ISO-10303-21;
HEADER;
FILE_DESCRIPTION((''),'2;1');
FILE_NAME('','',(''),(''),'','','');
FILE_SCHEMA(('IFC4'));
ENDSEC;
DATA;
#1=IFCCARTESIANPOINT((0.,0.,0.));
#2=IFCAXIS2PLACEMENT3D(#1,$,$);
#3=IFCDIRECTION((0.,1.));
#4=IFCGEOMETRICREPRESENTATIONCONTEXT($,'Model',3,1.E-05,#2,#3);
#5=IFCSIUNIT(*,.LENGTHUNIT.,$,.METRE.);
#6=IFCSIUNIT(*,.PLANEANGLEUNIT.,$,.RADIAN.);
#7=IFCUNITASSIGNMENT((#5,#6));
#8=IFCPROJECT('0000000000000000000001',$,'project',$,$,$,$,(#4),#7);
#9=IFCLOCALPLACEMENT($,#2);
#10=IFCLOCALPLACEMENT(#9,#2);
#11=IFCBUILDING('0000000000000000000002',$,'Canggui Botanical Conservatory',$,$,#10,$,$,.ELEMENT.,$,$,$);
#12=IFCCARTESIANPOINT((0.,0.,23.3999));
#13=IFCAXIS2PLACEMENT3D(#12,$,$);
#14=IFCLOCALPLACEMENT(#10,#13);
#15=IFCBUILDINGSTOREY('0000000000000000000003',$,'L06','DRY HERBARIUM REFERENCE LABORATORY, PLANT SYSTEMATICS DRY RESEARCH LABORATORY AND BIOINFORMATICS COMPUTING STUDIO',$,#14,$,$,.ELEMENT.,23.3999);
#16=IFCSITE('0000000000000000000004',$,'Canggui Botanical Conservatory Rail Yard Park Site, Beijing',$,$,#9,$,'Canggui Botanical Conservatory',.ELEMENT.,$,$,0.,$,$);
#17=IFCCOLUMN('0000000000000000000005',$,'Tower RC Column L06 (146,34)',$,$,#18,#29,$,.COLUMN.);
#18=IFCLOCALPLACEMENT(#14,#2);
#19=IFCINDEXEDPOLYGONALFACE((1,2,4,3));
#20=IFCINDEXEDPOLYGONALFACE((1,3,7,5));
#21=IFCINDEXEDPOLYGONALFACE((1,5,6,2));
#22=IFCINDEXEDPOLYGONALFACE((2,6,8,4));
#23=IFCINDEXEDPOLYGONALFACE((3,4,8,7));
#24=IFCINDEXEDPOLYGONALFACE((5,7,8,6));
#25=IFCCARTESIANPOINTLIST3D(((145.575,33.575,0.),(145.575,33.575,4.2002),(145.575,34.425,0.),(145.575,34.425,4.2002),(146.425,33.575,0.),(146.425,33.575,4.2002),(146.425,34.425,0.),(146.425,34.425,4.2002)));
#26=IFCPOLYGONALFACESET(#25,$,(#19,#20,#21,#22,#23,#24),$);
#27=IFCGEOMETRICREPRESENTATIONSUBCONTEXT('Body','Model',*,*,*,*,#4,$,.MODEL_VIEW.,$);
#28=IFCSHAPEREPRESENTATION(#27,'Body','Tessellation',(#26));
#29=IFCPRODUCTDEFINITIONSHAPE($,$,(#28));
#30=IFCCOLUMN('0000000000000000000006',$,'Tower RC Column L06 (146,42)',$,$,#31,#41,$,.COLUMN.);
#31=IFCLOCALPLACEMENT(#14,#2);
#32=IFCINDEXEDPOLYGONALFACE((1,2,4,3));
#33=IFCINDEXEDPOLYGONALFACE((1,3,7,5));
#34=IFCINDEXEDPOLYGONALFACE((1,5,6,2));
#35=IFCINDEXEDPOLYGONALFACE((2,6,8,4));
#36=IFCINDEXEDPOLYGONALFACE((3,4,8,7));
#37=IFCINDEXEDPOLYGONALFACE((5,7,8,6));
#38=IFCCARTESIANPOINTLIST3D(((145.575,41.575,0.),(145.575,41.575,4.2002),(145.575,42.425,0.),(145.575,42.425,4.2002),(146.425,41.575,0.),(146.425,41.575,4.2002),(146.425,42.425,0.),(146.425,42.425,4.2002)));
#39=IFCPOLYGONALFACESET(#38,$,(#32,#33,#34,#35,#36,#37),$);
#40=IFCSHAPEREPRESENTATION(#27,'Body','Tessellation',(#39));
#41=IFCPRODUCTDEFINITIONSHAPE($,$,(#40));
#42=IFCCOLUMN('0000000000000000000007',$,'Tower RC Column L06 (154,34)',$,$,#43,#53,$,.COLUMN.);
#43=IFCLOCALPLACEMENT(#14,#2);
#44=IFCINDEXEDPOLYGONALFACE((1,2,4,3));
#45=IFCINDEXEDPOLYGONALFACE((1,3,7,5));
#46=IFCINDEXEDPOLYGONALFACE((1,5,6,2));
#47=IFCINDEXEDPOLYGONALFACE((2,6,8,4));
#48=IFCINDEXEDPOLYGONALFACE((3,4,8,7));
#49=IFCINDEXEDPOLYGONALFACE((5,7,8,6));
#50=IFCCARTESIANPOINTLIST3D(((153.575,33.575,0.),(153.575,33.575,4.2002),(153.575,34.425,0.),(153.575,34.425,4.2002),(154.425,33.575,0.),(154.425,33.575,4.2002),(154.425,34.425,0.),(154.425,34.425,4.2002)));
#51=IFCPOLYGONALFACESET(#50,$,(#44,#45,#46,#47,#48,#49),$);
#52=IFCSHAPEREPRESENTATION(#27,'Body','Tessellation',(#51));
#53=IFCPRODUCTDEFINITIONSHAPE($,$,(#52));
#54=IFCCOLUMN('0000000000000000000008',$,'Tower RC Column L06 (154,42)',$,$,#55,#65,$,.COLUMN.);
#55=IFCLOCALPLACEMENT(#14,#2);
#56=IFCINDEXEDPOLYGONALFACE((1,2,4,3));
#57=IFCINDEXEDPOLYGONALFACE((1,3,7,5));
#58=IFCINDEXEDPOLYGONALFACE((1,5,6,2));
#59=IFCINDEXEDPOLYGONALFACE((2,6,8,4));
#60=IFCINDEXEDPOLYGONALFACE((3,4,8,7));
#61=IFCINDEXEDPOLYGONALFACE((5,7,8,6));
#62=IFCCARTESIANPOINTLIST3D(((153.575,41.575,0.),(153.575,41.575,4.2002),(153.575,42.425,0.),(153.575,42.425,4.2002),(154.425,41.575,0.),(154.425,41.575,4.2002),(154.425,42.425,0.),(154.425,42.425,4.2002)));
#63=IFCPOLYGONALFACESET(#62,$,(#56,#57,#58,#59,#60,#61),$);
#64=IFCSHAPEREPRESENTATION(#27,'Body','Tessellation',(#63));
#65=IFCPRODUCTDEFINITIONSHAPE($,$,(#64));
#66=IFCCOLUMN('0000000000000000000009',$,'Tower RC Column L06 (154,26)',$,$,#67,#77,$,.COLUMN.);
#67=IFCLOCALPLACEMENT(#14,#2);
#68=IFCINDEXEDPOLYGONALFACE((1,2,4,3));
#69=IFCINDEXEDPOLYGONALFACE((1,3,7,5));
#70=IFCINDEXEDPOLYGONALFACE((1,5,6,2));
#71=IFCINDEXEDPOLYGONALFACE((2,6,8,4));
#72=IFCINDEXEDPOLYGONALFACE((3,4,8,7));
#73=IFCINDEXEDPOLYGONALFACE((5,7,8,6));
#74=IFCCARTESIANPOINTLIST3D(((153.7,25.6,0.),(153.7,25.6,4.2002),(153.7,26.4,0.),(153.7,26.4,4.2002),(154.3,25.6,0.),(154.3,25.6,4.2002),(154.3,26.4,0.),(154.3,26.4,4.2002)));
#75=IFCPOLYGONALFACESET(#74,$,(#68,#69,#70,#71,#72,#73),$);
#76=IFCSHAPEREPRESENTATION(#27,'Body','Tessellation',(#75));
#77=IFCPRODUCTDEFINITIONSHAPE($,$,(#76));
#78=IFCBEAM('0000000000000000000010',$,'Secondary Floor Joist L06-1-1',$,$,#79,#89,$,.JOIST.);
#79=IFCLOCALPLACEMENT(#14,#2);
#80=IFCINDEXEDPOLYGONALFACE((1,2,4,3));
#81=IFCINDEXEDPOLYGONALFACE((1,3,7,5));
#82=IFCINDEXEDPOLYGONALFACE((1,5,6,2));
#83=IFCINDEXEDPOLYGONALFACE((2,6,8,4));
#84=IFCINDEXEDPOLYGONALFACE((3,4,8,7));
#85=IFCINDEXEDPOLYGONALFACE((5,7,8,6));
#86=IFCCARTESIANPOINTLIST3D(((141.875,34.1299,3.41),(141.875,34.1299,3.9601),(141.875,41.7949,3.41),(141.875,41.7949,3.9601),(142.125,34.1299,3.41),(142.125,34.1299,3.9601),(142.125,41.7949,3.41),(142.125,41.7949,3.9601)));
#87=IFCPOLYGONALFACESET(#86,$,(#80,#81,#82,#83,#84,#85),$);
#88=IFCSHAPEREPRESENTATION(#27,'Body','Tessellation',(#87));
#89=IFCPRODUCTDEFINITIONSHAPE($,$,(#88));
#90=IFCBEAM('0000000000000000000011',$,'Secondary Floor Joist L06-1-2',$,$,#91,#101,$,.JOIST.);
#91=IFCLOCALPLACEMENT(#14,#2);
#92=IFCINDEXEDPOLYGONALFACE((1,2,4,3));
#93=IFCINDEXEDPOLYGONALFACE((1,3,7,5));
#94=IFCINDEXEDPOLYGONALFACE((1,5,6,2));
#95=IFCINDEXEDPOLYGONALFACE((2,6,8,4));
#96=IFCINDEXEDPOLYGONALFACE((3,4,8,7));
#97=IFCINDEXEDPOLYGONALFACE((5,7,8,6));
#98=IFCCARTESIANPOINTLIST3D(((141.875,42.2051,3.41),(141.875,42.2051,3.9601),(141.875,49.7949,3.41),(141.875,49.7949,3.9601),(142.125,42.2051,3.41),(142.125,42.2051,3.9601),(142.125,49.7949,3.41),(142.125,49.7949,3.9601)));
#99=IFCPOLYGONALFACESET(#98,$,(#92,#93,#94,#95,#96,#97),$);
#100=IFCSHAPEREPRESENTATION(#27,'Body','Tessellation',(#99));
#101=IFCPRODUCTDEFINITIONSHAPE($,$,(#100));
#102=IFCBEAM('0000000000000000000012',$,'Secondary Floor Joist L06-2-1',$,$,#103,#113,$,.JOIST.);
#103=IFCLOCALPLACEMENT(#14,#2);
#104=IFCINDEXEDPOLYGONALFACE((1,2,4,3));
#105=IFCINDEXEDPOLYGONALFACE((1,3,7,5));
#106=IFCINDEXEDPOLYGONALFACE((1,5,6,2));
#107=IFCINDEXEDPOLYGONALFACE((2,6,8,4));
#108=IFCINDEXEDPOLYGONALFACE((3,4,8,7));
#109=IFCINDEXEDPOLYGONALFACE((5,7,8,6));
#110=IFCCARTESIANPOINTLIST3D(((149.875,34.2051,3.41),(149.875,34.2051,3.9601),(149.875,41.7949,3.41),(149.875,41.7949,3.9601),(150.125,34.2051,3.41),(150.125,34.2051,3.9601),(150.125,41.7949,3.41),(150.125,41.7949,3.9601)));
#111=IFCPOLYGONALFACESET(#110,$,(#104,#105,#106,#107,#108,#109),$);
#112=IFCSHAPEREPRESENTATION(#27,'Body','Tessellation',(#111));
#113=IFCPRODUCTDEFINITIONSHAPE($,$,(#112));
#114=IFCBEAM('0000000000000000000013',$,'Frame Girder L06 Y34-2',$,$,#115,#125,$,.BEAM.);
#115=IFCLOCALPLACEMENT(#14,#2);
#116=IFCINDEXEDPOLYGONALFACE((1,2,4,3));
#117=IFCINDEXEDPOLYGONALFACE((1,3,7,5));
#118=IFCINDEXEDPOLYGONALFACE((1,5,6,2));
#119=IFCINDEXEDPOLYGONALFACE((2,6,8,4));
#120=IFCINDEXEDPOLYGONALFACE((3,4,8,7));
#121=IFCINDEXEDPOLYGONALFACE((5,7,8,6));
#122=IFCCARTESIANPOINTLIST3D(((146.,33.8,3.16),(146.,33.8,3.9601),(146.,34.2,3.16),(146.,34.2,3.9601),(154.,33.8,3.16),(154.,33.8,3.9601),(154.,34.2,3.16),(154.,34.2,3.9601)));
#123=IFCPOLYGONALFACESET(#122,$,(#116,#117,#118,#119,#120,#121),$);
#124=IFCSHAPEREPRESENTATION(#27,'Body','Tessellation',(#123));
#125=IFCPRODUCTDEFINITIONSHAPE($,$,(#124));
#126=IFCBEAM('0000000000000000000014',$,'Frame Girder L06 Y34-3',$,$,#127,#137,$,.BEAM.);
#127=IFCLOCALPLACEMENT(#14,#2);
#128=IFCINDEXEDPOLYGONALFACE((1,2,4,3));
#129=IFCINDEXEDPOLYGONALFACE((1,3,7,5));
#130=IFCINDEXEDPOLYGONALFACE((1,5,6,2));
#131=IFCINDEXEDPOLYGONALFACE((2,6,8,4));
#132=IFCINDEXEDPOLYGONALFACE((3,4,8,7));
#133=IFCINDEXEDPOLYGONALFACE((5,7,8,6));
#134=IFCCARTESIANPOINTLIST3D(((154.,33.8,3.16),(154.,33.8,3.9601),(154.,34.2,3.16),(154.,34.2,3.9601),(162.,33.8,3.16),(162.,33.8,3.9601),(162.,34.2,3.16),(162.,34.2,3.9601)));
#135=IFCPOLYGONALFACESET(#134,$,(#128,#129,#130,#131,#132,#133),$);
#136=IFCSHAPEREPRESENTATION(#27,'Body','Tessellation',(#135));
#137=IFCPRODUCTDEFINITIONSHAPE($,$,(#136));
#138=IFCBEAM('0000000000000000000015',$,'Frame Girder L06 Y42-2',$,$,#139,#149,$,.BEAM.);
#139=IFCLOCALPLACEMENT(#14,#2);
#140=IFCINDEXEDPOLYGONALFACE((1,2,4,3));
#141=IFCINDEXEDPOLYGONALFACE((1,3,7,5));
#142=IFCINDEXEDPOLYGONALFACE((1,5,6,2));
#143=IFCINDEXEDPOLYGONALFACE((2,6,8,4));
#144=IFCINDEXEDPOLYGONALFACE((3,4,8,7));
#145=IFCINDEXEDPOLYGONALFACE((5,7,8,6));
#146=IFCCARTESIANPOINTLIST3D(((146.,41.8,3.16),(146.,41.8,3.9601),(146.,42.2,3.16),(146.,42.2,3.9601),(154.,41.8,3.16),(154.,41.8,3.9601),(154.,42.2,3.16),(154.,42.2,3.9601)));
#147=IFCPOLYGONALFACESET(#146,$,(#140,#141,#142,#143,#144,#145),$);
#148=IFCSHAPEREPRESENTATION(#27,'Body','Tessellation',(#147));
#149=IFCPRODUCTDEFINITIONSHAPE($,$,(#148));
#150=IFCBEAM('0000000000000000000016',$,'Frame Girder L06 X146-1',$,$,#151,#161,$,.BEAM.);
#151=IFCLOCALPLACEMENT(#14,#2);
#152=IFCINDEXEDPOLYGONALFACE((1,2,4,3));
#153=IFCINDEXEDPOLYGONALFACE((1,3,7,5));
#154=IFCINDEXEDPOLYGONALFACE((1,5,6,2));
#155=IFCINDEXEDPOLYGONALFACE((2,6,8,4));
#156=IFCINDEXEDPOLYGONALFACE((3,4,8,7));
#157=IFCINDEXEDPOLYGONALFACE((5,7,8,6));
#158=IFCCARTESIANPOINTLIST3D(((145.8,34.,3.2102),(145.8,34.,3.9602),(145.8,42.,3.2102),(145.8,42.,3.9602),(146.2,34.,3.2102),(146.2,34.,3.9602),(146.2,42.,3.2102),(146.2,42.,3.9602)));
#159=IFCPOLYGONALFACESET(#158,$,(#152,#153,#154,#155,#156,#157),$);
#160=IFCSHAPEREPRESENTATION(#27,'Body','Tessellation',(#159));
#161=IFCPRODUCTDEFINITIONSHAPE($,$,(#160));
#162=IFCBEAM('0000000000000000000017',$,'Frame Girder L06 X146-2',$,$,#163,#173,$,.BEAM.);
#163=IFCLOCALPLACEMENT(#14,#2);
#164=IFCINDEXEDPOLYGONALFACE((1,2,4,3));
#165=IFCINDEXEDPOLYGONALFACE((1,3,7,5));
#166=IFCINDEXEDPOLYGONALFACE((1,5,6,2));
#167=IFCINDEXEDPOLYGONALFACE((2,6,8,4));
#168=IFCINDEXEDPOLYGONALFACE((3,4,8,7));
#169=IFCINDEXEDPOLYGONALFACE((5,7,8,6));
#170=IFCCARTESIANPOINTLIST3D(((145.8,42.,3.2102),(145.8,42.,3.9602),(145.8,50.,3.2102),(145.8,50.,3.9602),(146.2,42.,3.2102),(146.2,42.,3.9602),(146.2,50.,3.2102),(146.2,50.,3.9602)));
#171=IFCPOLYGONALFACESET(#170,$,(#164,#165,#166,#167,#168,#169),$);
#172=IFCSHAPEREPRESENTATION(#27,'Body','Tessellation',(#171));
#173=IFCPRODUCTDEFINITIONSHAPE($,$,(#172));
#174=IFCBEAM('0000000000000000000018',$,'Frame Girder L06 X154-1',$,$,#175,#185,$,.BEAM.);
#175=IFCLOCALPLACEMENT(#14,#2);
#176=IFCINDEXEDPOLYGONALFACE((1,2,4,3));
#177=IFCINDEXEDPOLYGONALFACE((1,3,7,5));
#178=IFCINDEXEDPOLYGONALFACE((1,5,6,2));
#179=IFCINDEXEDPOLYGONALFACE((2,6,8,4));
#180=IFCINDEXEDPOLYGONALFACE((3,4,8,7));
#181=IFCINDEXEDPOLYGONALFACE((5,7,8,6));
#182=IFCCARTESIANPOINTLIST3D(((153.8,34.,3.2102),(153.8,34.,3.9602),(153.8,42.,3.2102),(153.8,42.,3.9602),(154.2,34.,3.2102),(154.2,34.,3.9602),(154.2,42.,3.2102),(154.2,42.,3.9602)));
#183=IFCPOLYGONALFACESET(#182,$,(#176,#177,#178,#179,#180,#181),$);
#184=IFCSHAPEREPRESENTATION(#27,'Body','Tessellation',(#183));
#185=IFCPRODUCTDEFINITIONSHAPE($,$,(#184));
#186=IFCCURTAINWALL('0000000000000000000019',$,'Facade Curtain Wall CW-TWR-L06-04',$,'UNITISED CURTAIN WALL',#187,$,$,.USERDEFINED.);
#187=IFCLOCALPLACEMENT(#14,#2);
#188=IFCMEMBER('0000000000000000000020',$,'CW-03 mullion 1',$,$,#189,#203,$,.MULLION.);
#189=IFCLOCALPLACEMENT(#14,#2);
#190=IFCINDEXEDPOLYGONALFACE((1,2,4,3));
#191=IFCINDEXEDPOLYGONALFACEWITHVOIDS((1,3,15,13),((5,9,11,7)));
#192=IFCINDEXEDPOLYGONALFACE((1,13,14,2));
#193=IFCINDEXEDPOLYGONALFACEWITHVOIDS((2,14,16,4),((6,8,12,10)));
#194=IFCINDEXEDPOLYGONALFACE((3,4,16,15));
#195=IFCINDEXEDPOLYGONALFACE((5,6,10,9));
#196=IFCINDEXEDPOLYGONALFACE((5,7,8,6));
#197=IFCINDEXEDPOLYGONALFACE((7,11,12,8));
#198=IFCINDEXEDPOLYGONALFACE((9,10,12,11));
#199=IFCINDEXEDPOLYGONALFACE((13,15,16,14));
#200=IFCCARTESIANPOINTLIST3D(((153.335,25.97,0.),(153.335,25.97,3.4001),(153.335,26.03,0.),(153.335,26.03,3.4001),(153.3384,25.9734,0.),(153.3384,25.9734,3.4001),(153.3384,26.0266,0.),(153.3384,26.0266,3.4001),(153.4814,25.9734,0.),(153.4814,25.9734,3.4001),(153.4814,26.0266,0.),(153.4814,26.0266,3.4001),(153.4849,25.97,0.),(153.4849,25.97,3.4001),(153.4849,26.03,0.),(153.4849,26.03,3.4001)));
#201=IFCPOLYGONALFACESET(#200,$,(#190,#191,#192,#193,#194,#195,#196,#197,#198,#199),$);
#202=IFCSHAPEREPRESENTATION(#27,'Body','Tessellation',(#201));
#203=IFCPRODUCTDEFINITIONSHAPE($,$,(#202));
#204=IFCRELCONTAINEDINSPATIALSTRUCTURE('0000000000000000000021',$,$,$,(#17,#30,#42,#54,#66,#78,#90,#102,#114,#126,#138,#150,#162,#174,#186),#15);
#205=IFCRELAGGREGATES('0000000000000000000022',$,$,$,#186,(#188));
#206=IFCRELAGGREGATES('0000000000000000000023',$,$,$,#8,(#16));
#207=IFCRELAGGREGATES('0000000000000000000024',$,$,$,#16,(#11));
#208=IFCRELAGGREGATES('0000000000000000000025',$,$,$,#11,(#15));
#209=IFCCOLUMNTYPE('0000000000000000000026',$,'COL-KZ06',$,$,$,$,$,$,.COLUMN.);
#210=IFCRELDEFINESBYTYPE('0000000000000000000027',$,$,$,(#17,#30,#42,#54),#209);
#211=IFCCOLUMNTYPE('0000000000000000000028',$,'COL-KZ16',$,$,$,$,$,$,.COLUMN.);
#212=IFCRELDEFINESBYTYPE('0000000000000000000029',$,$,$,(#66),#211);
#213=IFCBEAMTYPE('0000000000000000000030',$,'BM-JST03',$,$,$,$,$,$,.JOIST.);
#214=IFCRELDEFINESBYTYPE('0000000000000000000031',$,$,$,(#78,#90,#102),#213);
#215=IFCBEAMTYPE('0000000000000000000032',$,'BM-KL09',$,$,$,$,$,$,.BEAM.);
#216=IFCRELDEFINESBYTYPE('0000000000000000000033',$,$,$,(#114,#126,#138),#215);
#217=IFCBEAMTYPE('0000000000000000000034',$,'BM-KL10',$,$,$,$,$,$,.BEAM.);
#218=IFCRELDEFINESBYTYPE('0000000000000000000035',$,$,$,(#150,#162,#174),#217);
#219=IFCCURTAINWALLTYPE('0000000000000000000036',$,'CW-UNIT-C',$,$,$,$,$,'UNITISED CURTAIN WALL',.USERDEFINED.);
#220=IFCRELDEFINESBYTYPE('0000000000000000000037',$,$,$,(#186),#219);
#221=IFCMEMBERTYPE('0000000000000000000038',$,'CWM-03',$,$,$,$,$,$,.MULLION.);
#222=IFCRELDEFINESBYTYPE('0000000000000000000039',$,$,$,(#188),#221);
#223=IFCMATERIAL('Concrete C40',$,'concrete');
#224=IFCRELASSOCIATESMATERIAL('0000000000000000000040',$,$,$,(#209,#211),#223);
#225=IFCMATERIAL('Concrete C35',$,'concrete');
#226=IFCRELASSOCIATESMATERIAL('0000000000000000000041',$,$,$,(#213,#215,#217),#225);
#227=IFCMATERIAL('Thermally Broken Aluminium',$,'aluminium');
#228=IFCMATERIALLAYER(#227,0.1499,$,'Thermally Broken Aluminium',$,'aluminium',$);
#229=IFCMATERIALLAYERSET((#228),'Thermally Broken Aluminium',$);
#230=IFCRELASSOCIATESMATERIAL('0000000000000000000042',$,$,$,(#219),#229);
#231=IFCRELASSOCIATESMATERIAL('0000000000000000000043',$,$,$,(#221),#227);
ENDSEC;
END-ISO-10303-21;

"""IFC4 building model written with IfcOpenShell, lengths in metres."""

from ifc_helpers import new_model, si_unit, direction, frame, origin, origin_2d, place, context, subcontext, project, spatial, rectangle, hollow_rectangle, extrude, material, layer, layer_set, material_profile, profile_set, type_object, element, aggregate, save


model = new_model("IFC4")

# Units and contexts
model_context = context("Model", 3, precision=1e-05, world=origin(), true_north=direction((0.0, 1.0)))
body_context = subcontext(model_context, "Body", "Model", "MODEL_VIEW")
ifc_project = project(units=[si_unit("LENGTHUNIT", "METRE"), si_unit("PLANEANGLEUNIT", "RADIAN")], contexts=[model_context])

# Site, building, storey
site_placement = place(None, origin())
site = spatial("IfcSite", under=ifc_project, at=site_placement, Name="Canggui Botanical Conservatory Rail Yard Park Site, Beijing", LongName="Canggui Botanical Conservatory", CompositionType="ELEMENT", RefElevation=0.0)
building_placement = place(site_placement, origin())
building = spatial("IfcBuilding", under=site, at=building_placement, Name="Canggui Botanical Conservatory", CompositionType="ELEMENT")
storey_placement = place(building_placement, frame((0.0, 0.0, 23.3999)))
storey = spatial("IfcBuildingStorey", under=building, at=storey_placement, Name="L06", Description="DRY HERBARIUM REFERENCE LABORATORY, PLANT SYSTEMATICS DRY RESEARCH LABORATORY AND BIOINFORMATICS COMPUTING STUDIO", CompositionType="ELEMENT", Elevation=23.3999)

# Columns
ifc_material_1 = material(Name="Concrete C40", Category="concrete")
ifc_material_profile_1 = material_profile(ifc_material_1, rectangle(XDim=0.8501, YDim=0.8501, at=origin_2d()), Name="RC 850x850")
ifc_profile_set_1 = profile_set([ifc_material_profile_1], Name="Concrete C40")
column_type_1 = type_object("IfcColumnType", Name="COL-KZ06", PredefinedType="COLUMN", material=ifc_profile_set_1)
for number, where, z_axis, x_axis, name in (
    (1, (146.0, 34.0, 0.0), (0.0, 0.0, 1.0), (1.0, 0.0, 0.0), "Tower RC Column L06 (146,34)"),
    (2, (146.0, 42.0, 0.0), (0.0, 0.0, 1.0), (1.0, 0.0, 0.0), "Tower RC Column L06 (146,42)"),
    (3, (154.0, 34.0, 0.0), (0.0, 0.0, 1.0), (1.0, 0.0, 0.0), "Tower RC Column L06 (154,34)"),
    (4, (154.0, 42.0, 0.0), (0.0, 0.0, 1.0), (1.0, 0.0, 0.0), "Tower RC Column L06 (154,42)"),
):
    element("IfcColumn", number, at=place(storey_placement, frame(where, z_axis=z_axis, x_axis=x_axis)), inside=storey, type_object=column_type_1, Name=name, PredefinedType="COLUMN", context=body_context, shape_type="SweptSolid", body=[
        extrude(rectangle(XDim=0.8501, YDim=0.8501, at=origin_2d()), origin(), (0.0, 0.0, 1.0), 4.2002),
    ])
ifc_material_profile_2 = material_profile(ifc_material_1, rectangle(XDim=0.6001, YDim=0.8, at=origin_2d()), Name="RC 600x800")
ifc_profile_set_2 = profile_set([ifc_material_profile_2], Name="Concrete C40")
column_type_2 = type_object("IfcColumnType", Name="COL-KZ16", PredefinedType="COLUMN", material=ifc_profile_set_2)
column_placement = place(storey_placement, frame((154.0, 26.0, 0.0), z_axis=(0.0, 0.0, 1.0), x_axis=(1.0, 0.0, 0.0)))
element("IfcColumn", 5, at=column_placement, inside=storey, type_object=column_type_2, Name="Tower RC Column L06 (154,26)", PredefinedType="COLUMN", context=body_context, shape_type="SweptSolid", body=[
    extrude(rectangle(XDim=0.6001, YDim=0.8, at=origin_2d()), origin(), (0.0, 0.0, 1.0), 4.2002),
])

# Beams
ifc_material_2 = material(Name="Concrete C35", Category="concrete")
ifc_material_profile_3 = material_profile(ifc_material_2, rectangle(XDim=0.25, YDim=0.55, at=origin_2d()), Name="RB 250x550")
ifc_profile_set_3 = profile_set([ifc_material_profile_3], Name="Concrete C35")
beam_type_1 = type_object("IfcBeamType", Name="BM-JST03", PredefinedType="JOIST", material=ifc_profile_set_3)
beam_placement = place(storey_placement, frame((142.0, 34.1299, 3.6851), z_axis=(0.0, 1.0, 0.0), x_axis=(-1.0, 0.0, 0.0)))
element("IfcBeam", 6, at=beam_placement, inside=storey, type_object=beam_type_1, Name="Secondary Floor Joist L06-1-1", PredefinedType="JOIST", context=body_context, shape_type="SweptSolid", body=[
    extrude(rectangle(XDim=0.25, YDim=0.55, at=origin_2d()), origin(), (0.0, 0.0, 1.0), 7.665),
])
for number, where, z_axis, x_axis, name in (
    (7, (142.0, 42.2051, 3.6851), (0.0, 1.0, 0.0), (-1.0, 0.0, 0.0), "Secondary Floor Joist L06-1-2"),
    (8, (150.0, 34.2051, 3.6851), (0.0, 1.0, 0.0), (-1.0, 0.0, 0.0), "Secondary Floor Joist L06-2-1"),
):
    element("IfcBeam", number, at=place(storey_placement, frame(where, z_axis=z_axis, x_axis=x_axis)), inside=storey, type_object=beam_type_1, Name=name, PredefinedType="JOIST", context=body_context, shape_type="SweptSolid", body=[
        extrude(rectangle(XDim=0.25, YDim=0.55, at=origin_2d()), origin(), (0.0, 0.0, 1.0), 7.5898),
    ])
ifc_material_profile_4 = material_profile(ifc_material_2, rectangle(XDim=0.3999, YDim=0.8, at=origin_2d()), Name="RB 400x800")
ifc_profile_set_4 = profile_set([ifc_material_profile_4], Name="Concrete C35")
beam_type_2 = type_object("IfcBeamType", Name="BM-KL09", PredefinedType="BEAM", material=ifc_profile_set_4)
for number, where, z_axis, x_axis, name in (
    (9, (146.0, 34.0, 3.5601), (1.0, 0.0, 0.0), (0.0, 1.0, 0.0), "Frame Girder L06 Y34-2"),
    (10, (154.0, 34.0, 3.5601), (1.0, 0.0, 0.0), (0.0, 1.0, 0.0), "Frame Girder L06 Y34-3"),
    (11, (146.0, 42.0, 3.5601), (1.0, 0.0, 0.0), (0.0, 1.0, 0.0), "Frame Girder L06 Y42-2"),
):
    element("IfcBeam", number, at=place(storey_placement, frame(where, z_axis=z_axis, x_axis=x_axis)), inside=storey, type_object=beam_type_2, Name=name, PredefinedType="BEAM", context=body_context, shape_type="SweptSolid", body=[
        extrude(rectangle(XDim=0.3999, YDim=0.8, at=origin_2d()), origin(), (0.0, 0.0, 1.0), 8.0),
    ])
ifc_material_profile_5 = material_profile(ifc_material_2, rectangle(XDim=0.3999, YDim=0.75, at=origin_2d()), Name="RB 400x750")
ifc_profile_set_5 = profile_set([ifc_material_profile_5], Name="Concrete C35")
beam_type_3 = type_object("IfcBeamType", Name="BM-KL10", PredefinedType="BEAM", material=ifc_profile_set_5)
for number, where, z_axis, x_axis, name in (
    (12, (146.0, 34.0, 3.5852), (0.0, 1.0, 0.0), (-1.0, 0.0, 0.0), "Frame Girder L06 X146-1"),
    (13, (146.0, 42.0, 3.5852), (0.0, 1.0, 0.0), (-1.0, 0.0, 0.0), "Frame Girder L06 X146-2"),
    (14, (154.0, 34.0, 3.5852), (0.0, 1.0, 0.0), (-1.0, 0.0, 0.0), "Frame Girder L06 X154-1"),
):
    element("IfcBeam", number, at=place(storey_placement, frame(where, z_axis=z_axis, x_axis=x_axis)), inside=storey, type_object=beam_type_3, Name=name, PredefinedType="BEAM", context=body_context, shape_type="SweptSolid", body=[
        extrude(rectangle(XDim=0.3999, YDim=0.75, at=origin_2d()), origin(), (0.0, 0.0, 1.0), 8.0),
    ])

# Curtain wall, member
ifc_material_3 = material(Name="Thermally Broken Aluminium", Category="aluminium")
ifc_layer_1 = layer(ifc_material_3, 0.1499, Name="Thermally Broken Aluminium", Category="aluminium")
ifc_layer_set_1 = layer_set([ifc_layer_1], Name="Thermally Broken Aluminium")
curtain_wall_type = type_object("IfcCurtainWallType", Name="CW-UNIT-C", ElementType="UNITISED CURTAIN WALL", PredefinedType="USERDEFINED", material=ifc_layer_set_1)
curtain_wall_placement = place(storey_placement, origin())
curtain_wall = element("IfcCurtainWall", 15, at=curtain_wall_placement, inside=storey, type_object=curtain_wall_type, Name="Facade Curtain Wall CW-TWR-L06-04", ObjectType="UNITISED CURTAIN WALL", PredefinedType="USERDEFINED")
ifc_material_profile_6 = material_profile(ifc_material_3, hollow_rectangle(XDim=0.0601, YDim=0.1499, WallThickness=0.0034, at=origin_2d()), Name="CWM 60x150x3.5")
ifc_profile_set_6 = profile_set([ifc_material_profile_6], Name="Thermally Broken Aluminium")
member_type = type_object("IfcMemberType", Name="CWM-03", PredefinedType="MULLION", material=ifc_profile_set_6)
member_placement = place(storey_placement, frame((153.4099, 26.0, 0.0), z_axis=(0.0, 0.0, 1.0), x_axis=(0.0, -1.0, 0.0)))
member = element("IfcMember", 16, at=member_placement, type_object=member_type, Name="CW-03 mullion 1", PredefinedType="MULLION", context=body_context, shape_type="SweptSolid", body=[
    extrude(hollow_rectangle(XDim=0.0601, YDim=0.1499, WallThickness=0.0034, at=origin_2d()), origin(), (0.0, 0.0, 1.0), 3.4001),
])
aggregate(curtain_wall, [member])

save(model, "model.ifc")
